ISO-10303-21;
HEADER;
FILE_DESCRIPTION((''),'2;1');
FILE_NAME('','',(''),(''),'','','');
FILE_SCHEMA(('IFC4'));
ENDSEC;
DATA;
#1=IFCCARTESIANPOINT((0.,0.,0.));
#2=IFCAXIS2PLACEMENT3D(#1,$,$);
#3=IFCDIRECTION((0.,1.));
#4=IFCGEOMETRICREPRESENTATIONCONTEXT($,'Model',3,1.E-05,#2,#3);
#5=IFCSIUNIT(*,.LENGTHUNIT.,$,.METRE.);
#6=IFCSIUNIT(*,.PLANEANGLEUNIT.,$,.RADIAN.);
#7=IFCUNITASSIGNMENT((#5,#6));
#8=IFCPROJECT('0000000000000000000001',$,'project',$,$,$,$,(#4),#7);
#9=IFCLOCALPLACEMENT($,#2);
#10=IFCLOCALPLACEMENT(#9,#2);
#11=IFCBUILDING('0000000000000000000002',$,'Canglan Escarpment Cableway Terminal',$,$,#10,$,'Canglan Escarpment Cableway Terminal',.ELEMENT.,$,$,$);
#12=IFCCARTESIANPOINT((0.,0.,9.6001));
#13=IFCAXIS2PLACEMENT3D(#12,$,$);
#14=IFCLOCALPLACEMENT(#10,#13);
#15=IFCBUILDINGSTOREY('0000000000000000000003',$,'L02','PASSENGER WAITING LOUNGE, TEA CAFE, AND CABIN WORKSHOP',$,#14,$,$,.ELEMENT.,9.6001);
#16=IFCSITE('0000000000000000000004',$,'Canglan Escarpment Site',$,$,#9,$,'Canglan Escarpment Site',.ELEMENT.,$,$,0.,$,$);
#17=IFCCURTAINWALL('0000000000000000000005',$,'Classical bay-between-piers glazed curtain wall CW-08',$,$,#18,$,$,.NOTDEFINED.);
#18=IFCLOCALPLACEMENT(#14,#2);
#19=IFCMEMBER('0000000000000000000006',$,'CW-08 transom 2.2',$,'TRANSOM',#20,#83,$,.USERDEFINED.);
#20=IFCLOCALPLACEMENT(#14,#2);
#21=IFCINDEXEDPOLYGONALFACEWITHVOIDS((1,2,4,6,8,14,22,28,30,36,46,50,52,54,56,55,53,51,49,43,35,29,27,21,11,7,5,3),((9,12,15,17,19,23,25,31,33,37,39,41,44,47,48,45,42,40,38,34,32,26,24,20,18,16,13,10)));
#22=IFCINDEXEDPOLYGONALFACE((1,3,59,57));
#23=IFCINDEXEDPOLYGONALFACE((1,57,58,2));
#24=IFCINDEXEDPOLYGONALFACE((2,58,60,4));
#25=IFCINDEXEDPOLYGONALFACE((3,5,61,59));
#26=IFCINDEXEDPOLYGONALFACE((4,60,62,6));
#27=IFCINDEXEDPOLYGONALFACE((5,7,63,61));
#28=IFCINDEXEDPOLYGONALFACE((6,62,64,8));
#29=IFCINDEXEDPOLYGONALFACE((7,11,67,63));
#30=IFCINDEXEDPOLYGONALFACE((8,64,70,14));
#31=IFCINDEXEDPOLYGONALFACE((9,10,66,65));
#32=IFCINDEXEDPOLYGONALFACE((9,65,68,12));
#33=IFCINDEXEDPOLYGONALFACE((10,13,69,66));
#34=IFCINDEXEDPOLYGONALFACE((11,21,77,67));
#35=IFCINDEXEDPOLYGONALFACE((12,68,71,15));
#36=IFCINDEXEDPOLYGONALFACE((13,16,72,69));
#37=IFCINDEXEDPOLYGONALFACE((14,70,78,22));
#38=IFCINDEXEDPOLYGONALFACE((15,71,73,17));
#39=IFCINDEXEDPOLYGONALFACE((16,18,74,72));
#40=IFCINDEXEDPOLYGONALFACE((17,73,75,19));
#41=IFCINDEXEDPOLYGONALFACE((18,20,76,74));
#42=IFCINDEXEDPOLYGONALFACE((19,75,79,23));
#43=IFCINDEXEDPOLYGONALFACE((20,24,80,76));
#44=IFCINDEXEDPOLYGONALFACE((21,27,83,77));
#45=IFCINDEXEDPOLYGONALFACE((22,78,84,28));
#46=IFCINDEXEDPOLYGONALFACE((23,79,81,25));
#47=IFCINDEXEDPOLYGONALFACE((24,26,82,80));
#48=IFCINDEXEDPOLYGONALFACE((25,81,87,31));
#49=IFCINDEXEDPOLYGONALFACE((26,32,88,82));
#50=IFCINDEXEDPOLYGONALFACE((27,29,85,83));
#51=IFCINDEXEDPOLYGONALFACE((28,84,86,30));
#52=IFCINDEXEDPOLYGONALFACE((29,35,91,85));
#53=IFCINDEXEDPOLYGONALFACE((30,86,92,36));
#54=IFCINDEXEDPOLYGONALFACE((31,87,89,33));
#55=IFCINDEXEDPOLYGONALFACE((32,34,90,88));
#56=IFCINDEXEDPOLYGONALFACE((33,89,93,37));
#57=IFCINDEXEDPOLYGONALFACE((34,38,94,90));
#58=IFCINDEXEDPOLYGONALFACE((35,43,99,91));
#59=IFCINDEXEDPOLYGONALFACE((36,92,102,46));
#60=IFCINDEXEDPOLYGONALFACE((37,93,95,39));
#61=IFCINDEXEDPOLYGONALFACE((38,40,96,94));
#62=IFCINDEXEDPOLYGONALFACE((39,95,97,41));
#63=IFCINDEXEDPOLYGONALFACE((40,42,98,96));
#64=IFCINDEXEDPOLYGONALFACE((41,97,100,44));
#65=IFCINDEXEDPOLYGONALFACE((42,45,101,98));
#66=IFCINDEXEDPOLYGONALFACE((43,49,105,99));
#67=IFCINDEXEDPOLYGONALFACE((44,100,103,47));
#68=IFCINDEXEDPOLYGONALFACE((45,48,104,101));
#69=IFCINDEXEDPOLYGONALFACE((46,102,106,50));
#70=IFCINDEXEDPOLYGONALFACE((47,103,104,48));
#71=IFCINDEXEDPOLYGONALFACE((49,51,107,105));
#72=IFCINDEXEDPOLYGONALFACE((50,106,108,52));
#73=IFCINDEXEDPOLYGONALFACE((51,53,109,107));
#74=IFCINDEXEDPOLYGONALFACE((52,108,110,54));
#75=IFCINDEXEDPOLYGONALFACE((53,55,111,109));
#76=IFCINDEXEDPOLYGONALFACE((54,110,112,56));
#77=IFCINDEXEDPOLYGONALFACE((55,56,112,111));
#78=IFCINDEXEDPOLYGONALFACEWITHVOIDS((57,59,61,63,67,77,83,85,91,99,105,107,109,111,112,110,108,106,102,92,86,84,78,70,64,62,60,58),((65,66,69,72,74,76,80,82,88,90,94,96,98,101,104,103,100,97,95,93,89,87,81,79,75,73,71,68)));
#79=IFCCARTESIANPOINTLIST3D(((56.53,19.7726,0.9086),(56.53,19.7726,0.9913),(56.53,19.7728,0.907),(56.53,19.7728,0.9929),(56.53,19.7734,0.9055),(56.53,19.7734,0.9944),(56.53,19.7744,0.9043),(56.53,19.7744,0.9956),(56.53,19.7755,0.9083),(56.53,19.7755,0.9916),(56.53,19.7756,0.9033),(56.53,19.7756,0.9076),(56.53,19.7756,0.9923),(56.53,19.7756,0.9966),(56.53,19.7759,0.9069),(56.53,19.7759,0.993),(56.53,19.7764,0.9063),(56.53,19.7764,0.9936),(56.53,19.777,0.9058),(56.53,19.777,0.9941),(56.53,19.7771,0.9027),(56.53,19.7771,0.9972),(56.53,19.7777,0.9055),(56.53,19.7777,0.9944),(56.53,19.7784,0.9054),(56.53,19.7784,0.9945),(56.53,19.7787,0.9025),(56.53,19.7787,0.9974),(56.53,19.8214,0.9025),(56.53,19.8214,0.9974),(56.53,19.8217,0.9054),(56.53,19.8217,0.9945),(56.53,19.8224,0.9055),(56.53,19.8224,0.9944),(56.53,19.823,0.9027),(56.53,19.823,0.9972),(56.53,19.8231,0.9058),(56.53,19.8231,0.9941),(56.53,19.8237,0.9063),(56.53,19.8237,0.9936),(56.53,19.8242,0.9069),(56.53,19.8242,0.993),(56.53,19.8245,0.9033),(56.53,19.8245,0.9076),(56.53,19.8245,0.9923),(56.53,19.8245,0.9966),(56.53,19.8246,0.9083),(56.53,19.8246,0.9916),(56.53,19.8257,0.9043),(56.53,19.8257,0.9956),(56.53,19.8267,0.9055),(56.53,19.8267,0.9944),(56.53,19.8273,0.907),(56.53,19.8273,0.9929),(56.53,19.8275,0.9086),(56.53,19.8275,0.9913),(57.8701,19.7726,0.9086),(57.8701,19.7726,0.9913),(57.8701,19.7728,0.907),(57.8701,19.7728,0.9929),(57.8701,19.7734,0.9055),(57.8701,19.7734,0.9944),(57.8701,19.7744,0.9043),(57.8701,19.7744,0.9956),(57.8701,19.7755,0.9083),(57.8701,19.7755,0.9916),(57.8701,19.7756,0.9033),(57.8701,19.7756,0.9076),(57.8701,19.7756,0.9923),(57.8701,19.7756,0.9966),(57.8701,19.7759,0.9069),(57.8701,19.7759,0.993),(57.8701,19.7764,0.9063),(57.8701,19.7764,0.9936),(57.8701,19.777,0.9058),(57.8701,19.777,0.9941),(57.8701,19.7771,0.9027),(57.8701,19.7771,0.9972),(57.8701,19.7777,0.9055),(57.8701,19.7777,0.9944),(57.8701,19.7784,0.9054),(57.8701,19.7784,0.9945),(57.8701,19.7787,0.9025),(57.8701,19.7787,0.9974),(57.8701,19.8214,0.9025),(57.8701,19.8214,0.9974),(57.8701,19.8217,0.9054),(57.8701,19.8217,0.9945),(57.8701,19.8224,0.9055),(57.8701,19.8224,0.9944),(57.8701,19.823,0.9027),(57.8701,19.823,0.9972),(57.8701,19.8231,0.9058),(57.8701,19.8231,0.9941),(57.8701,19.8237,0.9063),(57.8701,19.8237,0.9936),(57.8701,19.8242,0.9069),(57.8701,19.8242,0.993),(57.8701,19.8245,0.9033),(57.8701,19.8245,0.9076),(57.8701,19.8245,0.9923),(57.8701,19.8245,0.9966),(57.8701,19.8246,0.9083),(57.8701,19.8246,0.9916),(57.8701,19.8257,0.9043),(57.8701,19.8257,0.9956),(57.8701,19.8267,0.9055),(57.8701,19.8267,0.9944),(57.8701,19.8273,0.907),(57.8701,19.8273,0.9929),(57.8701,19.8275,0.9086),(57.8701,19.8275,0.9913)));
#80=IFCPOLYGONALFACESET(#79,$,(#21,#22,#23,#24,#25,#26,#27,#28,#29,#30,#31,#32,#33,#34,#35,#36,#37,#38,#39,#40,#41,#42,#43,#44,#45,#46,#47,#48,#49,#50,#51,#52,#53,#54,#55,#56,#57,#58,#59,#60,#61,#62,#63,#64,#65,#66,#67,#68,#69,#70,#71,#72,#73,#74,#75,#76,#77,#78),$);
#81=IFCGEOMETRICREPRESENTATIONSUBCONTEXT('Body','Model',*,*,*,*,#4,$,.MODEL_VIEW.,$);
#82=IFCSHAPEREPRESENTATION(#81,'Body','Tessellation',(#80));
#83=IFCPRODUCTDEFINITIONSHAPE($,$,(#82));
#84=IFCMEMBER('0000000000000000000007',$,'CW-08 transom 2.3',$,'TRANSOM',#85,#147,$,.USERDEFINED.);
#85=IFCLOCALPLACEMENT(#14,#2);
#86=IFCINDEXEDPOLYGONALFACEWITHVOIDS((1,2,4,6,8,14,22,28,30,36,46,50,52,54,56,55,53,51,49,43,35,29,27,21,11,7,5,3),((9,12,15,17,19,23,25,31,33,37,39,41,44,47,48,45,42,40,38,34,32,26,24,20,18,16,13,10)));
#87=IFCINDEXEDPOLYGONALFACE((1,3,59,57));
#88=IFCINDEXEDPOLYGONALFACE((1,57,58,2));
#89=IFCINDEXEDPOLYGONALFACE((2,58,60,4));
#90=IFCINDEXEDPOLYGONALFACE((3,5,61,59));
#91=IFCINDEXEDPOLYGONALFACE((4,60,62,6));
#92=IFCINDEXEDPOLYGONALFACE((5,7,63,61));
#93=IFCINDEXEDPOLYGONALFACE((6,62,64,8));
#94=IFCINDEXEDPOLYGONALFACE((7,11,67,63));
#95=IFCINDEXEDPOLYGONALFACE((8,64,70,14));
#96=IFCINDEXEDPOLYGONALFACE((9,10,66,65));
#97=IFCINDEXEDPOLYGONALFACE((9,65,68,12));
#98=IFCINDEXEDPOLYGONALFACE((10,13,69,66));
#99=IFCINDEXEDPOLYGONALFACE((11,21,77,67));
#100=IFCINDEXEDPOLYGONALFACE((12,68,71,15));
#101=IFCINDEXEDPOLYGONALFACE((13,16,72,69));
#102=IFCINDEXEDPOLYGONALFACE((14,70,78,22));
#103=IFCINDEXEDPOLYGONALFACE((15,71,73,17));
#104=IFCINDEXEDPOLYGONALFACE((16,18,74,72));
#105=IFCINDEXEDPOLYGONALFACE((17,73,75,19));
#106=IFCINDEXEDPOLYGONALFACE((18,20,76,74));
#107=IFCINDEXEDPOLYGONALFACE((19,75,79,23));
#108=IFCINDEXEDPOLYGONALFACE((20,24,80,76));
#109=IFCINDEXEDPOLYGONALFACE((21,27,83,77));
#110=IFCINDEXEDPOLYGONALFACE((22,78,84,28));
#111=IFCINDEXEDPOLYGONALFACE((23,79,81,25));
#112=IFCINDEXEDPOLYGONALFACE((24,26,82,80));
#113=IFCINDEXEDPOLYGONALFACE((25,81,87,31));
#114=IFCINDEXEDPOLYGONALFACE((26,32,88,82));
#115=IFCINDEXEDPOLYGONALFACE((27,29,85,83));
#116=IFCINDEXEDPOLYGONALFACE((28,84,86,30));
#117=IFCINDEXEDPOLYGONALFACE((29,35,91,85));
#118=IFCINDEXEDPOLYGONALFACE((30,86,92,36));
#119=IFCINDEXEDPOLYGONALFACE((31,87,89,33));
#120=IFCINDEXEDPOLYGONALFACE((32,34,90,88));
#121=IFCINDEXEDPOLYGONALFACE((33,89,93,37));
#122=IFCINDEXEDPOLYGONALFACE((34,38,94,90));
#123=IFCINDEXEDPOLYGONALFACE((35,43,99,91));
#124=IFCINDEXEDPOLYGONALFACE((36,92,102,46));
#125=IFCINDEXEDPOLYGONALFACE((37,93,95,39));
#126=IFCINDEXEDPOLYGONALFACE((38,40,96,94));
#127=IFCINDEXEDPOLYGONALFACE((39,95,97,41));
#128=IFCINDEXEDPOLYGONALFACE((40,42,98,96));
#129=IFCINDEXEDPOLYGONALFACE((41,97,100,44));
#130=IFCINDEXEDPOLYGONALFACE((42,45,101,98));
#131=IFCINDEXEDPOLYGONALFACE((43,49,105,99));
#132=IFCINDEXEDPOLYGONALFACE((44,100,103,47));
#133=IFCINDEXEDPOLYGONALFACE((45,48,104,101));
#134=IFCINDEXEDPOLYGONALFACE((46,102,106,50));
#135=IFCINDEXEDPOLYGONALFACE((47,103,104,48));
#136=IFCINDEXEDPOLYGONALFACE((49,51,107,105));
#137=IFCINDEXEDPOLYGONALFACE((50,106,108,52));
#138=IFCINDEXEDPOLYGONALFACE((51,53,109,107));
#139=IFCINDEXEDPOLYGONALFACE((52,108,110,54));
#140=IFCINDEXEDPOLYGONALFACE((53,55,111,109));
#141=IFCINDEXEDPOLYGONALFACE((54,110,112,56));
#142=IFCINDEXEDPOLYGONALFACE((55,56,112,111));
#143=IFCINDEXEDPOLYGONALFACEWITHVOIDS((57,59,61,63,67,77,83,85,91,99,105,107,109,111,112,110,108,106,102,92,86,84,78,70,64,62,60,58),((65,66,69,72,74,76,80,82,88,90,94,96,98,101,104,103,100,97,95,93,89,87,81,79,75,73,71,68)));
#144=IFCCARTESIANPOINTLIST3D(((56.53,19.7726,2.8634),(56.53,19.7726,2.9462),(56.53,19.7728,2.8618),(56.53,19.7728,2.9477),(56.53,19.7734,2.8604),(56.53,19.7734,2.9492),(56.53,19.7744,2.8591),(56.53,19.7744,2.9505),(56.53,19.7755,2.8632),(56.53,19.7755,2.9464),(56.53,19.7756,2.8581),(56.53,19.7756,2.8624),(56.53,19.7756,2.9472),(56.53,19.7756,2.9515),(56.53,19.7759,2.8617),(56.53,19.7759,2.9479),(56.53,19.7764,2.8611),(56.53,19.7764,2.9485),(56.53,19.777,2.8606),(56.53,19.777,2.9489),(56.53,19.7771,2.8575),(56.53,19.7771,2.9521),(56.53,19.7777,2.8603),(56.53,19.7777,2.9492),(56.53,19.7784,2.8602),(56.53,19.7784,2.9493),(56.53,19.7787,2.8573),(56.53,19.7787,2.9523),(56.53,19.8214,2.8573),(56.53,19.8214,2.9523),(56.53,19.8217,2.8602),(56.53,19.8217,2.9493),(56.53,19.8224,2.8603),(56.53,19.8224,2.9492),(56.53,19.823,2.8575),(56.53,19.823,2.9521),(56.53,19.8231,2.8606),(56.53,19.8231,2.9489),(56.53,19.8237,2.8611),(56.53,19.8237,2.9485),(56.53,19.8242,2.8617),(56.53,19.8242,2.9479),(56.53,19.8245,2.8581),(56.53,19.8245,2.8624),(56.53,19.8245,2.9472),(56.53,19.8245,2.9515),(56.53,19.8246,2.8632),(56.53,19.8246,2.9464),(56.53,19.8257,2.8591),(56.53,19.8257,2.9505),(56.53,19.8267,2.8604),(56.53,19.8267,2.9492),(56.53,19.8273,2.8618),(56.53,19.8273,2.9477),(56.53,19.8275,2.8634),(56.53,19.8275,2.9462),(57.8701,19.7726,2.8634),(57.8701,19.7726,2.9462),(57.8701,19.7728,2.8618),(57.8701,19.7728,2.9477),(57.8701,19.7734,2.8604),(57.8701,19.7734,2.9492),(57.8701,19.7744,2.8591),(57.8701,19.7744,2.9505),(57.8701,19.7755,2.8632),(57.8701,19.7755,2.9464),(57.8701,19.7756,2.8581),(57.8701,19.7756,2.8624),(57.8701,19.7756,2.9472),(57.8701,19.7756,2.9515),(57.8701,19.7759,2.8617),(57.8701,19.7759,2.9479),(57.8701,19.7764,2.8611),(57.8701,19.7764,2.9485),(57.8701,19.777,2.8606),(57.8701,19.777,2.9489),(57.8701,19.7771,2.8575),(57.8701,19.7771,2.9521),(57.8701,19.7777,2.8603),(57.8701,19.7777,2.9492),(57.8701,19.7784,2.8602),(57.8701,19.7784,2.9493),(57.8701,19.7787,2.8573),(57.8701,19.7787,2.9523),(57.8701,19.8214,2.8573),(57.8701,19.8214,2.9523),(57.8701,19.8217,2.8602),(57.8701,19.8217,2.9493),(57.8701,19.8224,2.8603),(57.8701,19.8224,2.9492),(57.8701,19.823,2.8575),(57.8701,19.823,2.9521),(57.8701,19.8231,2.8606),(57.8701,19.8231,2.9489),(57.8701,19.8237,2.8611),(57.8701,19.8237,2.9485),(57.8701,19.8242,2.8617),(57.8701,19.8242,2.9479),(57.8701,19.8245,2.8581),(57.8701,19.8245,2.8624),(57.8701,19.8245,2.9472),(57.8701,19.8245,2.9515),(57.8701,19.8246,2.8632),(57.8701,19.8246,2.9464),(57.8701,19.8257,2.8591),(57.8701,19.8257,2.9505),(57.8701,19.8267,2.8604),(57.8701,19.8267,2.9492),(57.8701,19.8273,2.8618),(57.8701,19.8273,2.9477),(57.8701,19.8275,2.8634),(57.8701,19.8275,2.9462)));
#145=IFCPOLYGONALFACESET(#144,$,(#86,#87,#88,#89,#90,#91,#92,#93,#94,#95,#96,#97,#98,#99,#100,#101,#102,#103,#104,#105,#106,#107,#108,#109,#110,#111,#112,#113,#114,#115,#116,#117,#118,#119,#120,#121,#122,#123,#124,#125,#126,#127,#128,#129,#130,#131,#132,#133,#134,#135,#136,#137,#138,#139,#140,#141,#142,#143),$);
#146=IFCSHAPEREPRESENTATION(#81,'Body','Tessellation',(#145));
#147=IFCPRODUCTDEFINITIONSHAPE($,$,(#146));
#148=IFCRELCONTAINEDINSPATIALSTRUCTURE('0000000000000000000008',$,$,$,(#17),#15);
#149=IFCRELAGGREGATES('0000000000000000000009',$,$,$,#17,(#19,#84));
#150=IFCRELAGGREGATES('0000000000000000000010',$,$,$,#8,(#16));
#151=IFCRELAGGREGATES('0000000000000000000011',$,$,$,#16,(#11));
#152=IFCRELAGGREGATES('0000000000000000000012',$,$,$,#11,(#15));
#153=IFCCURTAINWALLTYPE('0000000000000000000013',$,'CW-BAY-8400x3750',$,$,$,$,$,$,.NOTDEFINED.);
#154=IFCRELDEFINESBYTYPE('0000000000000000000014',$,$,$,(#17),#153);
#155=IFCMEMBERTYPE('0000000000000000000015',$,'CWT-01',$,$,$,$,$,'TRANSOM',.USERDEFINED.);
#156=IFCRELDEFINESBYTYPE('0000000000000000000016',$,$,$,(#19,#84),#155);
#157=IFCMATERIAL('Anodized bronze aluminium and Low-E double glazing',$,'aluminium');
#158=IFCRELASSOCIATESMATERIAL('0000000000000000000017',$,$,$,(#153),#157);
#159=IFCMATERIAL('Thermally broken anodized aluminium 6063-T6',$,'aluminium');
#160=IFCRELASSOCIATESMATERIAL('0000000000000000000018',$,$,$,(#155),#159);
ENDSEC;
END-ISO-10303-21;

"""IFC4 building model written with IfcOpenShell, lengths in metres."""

from ifc_helpers import new_model, si_unit, direction, frame, origin, origin_2d, place, context, subcontext, project, spatial, hollow_rectangle, extrude, material, material_profile, profile_set, type_object, element, aggregate, save


model = new_model("IFC4")

# Units and contexts
model_context = context("Model", 3, precision=1e-05, world=origin(), true_north=direction((0.0, 1.0)))
body_context = subcontext(model_context, "Body", "Model", "MODEL_VIEW")
ifc_project = project(units=[si_unit("LENGTHUNIT", "METRE"), si_unit("PLANEANGLEUNIT", "RADIAN")], contexts=[model_context])

# Site, building, storey
site_placement = place(None, origin())
site = spatial("IfcSite", under=ifc_project, at=site_placement, Name="Canglan Escarpment Site", LongName="Canglan Escarpment Site", CompositionType="ELEMENT", RefElevation=0.0)
building_placement = place(site_placement, origin())
building = spatial("IfcBuilding", under=site, at=building_placement, Name="Canglan Escarpment Cableway Terminal", LongName="Canglan Escarpment Cableway Terminal", CompositionType="ELEMENT")
storey_placement = place(building_placement, frame((0.0, 0.0, 9.6001)))
storey = spatial("IfcBuildingStorey", under=building, at=storey_placement, Name="L02", Description="PASSENGER WAITING LOUNGE, TEA CAFE, AND CABIN WORKSHOP", CompositionType="ELEMENT", Elevation=9.6001)

# Curtain wall, members
ifc_material_1 = material(Name="Anodized bronze aluminium and Low-E double glazing", Category="aluminium")
curtain_wall_type = type_object("IfcCurtainWallType", Name="CW-BAY-8400x3750", PredefinedType="NOTDEFINED", material=ifc_material_1)
curtain_wall_placement = place(storey_placement, origin())
curtain_wall = element("IfcCurtainWall", 1, at=curtain_wall_placement, inside=storey, type_object=curtain_wall_type, Name="Classical bay-between-piers glazed curtain wall CW-08", PredefinedType="NOTDEFINED")
ifc_material_2 = material(Name="Thermally broken anodized aluminium 6063-T6", Category="aluminium")
ifc_material_profile_1 = material_profile(ifc_material_2, hollow_rectangle(XDim=0.0549, YDim=0.095, WallThickness=0.0029, InnerFilletRadius=0.0029, OuterFilletRadius=0.0061, at=origin_2d()), Name="ALU-TRAN 55x95x3")
ifc_profile_set_1 = profile_set([ifc_material_profile_1], Name="Thermally broken anodized aluminium 6063-T6")
member_type_1 = type_object("IfcMemberType", Name="CWT-01", ElementType="TRANSOM", PredefinedType="USERDEFINED", material=ifc_profile_set_1)
member_1_placement = place(storey_placement, frame((57.8701, 19.8, 0.95), z_axis=(-1.0, 0.0, 0.0), x_axis=(0.0, -1.0, 0.0)))
member_1 = element("IfcMember", 2, at=member_1_placement, type_object=member_type_1, Name="CW-08 transom 2.2", ObjectType="TRANSOM", PredefinedType="USERDEFINED", context=body_context, shape_type="SweptSolid", body=[
    extrude(hollow_rectangle(XDim=0.0549, YDim=0.095, WallThickness=0.0029, InnerFilletRadius=0.0029, OuterFilletRadius=0.0061, at=origin_2d()), origin(), (0.0, 0.0, 1.0), 1.3401),
])
member_2_placement = place(storey_placement, frame((57.8701, 19.8, 2.9048), z_axis=(-1.0, 0.0, 0.0), x_axis=(0.0, -1.0, 0.0)))
member_2 = element("IfcMember", 3, at=member_2_placement, type_object=member_type_1, Name="CW-08 transom 2.3", ObjectType="TRANSOM", PredefinedType="USERDEFINED", context=body_context, shape_type="SweptSolid", body=[
    extrude(hollow_rectangle(XDim=0.0549, YDim=0.095, WallThickness=0.0029, InnerFilletRadius=0.0029, OuterFilletRadius=0.0061, at=origin_2d()), origin(), (0.0, 0.0, 1.0), 1.3401),
])
aggregate(curtain_wall, [member_1, member_2])

save(model, "model.ifc")
